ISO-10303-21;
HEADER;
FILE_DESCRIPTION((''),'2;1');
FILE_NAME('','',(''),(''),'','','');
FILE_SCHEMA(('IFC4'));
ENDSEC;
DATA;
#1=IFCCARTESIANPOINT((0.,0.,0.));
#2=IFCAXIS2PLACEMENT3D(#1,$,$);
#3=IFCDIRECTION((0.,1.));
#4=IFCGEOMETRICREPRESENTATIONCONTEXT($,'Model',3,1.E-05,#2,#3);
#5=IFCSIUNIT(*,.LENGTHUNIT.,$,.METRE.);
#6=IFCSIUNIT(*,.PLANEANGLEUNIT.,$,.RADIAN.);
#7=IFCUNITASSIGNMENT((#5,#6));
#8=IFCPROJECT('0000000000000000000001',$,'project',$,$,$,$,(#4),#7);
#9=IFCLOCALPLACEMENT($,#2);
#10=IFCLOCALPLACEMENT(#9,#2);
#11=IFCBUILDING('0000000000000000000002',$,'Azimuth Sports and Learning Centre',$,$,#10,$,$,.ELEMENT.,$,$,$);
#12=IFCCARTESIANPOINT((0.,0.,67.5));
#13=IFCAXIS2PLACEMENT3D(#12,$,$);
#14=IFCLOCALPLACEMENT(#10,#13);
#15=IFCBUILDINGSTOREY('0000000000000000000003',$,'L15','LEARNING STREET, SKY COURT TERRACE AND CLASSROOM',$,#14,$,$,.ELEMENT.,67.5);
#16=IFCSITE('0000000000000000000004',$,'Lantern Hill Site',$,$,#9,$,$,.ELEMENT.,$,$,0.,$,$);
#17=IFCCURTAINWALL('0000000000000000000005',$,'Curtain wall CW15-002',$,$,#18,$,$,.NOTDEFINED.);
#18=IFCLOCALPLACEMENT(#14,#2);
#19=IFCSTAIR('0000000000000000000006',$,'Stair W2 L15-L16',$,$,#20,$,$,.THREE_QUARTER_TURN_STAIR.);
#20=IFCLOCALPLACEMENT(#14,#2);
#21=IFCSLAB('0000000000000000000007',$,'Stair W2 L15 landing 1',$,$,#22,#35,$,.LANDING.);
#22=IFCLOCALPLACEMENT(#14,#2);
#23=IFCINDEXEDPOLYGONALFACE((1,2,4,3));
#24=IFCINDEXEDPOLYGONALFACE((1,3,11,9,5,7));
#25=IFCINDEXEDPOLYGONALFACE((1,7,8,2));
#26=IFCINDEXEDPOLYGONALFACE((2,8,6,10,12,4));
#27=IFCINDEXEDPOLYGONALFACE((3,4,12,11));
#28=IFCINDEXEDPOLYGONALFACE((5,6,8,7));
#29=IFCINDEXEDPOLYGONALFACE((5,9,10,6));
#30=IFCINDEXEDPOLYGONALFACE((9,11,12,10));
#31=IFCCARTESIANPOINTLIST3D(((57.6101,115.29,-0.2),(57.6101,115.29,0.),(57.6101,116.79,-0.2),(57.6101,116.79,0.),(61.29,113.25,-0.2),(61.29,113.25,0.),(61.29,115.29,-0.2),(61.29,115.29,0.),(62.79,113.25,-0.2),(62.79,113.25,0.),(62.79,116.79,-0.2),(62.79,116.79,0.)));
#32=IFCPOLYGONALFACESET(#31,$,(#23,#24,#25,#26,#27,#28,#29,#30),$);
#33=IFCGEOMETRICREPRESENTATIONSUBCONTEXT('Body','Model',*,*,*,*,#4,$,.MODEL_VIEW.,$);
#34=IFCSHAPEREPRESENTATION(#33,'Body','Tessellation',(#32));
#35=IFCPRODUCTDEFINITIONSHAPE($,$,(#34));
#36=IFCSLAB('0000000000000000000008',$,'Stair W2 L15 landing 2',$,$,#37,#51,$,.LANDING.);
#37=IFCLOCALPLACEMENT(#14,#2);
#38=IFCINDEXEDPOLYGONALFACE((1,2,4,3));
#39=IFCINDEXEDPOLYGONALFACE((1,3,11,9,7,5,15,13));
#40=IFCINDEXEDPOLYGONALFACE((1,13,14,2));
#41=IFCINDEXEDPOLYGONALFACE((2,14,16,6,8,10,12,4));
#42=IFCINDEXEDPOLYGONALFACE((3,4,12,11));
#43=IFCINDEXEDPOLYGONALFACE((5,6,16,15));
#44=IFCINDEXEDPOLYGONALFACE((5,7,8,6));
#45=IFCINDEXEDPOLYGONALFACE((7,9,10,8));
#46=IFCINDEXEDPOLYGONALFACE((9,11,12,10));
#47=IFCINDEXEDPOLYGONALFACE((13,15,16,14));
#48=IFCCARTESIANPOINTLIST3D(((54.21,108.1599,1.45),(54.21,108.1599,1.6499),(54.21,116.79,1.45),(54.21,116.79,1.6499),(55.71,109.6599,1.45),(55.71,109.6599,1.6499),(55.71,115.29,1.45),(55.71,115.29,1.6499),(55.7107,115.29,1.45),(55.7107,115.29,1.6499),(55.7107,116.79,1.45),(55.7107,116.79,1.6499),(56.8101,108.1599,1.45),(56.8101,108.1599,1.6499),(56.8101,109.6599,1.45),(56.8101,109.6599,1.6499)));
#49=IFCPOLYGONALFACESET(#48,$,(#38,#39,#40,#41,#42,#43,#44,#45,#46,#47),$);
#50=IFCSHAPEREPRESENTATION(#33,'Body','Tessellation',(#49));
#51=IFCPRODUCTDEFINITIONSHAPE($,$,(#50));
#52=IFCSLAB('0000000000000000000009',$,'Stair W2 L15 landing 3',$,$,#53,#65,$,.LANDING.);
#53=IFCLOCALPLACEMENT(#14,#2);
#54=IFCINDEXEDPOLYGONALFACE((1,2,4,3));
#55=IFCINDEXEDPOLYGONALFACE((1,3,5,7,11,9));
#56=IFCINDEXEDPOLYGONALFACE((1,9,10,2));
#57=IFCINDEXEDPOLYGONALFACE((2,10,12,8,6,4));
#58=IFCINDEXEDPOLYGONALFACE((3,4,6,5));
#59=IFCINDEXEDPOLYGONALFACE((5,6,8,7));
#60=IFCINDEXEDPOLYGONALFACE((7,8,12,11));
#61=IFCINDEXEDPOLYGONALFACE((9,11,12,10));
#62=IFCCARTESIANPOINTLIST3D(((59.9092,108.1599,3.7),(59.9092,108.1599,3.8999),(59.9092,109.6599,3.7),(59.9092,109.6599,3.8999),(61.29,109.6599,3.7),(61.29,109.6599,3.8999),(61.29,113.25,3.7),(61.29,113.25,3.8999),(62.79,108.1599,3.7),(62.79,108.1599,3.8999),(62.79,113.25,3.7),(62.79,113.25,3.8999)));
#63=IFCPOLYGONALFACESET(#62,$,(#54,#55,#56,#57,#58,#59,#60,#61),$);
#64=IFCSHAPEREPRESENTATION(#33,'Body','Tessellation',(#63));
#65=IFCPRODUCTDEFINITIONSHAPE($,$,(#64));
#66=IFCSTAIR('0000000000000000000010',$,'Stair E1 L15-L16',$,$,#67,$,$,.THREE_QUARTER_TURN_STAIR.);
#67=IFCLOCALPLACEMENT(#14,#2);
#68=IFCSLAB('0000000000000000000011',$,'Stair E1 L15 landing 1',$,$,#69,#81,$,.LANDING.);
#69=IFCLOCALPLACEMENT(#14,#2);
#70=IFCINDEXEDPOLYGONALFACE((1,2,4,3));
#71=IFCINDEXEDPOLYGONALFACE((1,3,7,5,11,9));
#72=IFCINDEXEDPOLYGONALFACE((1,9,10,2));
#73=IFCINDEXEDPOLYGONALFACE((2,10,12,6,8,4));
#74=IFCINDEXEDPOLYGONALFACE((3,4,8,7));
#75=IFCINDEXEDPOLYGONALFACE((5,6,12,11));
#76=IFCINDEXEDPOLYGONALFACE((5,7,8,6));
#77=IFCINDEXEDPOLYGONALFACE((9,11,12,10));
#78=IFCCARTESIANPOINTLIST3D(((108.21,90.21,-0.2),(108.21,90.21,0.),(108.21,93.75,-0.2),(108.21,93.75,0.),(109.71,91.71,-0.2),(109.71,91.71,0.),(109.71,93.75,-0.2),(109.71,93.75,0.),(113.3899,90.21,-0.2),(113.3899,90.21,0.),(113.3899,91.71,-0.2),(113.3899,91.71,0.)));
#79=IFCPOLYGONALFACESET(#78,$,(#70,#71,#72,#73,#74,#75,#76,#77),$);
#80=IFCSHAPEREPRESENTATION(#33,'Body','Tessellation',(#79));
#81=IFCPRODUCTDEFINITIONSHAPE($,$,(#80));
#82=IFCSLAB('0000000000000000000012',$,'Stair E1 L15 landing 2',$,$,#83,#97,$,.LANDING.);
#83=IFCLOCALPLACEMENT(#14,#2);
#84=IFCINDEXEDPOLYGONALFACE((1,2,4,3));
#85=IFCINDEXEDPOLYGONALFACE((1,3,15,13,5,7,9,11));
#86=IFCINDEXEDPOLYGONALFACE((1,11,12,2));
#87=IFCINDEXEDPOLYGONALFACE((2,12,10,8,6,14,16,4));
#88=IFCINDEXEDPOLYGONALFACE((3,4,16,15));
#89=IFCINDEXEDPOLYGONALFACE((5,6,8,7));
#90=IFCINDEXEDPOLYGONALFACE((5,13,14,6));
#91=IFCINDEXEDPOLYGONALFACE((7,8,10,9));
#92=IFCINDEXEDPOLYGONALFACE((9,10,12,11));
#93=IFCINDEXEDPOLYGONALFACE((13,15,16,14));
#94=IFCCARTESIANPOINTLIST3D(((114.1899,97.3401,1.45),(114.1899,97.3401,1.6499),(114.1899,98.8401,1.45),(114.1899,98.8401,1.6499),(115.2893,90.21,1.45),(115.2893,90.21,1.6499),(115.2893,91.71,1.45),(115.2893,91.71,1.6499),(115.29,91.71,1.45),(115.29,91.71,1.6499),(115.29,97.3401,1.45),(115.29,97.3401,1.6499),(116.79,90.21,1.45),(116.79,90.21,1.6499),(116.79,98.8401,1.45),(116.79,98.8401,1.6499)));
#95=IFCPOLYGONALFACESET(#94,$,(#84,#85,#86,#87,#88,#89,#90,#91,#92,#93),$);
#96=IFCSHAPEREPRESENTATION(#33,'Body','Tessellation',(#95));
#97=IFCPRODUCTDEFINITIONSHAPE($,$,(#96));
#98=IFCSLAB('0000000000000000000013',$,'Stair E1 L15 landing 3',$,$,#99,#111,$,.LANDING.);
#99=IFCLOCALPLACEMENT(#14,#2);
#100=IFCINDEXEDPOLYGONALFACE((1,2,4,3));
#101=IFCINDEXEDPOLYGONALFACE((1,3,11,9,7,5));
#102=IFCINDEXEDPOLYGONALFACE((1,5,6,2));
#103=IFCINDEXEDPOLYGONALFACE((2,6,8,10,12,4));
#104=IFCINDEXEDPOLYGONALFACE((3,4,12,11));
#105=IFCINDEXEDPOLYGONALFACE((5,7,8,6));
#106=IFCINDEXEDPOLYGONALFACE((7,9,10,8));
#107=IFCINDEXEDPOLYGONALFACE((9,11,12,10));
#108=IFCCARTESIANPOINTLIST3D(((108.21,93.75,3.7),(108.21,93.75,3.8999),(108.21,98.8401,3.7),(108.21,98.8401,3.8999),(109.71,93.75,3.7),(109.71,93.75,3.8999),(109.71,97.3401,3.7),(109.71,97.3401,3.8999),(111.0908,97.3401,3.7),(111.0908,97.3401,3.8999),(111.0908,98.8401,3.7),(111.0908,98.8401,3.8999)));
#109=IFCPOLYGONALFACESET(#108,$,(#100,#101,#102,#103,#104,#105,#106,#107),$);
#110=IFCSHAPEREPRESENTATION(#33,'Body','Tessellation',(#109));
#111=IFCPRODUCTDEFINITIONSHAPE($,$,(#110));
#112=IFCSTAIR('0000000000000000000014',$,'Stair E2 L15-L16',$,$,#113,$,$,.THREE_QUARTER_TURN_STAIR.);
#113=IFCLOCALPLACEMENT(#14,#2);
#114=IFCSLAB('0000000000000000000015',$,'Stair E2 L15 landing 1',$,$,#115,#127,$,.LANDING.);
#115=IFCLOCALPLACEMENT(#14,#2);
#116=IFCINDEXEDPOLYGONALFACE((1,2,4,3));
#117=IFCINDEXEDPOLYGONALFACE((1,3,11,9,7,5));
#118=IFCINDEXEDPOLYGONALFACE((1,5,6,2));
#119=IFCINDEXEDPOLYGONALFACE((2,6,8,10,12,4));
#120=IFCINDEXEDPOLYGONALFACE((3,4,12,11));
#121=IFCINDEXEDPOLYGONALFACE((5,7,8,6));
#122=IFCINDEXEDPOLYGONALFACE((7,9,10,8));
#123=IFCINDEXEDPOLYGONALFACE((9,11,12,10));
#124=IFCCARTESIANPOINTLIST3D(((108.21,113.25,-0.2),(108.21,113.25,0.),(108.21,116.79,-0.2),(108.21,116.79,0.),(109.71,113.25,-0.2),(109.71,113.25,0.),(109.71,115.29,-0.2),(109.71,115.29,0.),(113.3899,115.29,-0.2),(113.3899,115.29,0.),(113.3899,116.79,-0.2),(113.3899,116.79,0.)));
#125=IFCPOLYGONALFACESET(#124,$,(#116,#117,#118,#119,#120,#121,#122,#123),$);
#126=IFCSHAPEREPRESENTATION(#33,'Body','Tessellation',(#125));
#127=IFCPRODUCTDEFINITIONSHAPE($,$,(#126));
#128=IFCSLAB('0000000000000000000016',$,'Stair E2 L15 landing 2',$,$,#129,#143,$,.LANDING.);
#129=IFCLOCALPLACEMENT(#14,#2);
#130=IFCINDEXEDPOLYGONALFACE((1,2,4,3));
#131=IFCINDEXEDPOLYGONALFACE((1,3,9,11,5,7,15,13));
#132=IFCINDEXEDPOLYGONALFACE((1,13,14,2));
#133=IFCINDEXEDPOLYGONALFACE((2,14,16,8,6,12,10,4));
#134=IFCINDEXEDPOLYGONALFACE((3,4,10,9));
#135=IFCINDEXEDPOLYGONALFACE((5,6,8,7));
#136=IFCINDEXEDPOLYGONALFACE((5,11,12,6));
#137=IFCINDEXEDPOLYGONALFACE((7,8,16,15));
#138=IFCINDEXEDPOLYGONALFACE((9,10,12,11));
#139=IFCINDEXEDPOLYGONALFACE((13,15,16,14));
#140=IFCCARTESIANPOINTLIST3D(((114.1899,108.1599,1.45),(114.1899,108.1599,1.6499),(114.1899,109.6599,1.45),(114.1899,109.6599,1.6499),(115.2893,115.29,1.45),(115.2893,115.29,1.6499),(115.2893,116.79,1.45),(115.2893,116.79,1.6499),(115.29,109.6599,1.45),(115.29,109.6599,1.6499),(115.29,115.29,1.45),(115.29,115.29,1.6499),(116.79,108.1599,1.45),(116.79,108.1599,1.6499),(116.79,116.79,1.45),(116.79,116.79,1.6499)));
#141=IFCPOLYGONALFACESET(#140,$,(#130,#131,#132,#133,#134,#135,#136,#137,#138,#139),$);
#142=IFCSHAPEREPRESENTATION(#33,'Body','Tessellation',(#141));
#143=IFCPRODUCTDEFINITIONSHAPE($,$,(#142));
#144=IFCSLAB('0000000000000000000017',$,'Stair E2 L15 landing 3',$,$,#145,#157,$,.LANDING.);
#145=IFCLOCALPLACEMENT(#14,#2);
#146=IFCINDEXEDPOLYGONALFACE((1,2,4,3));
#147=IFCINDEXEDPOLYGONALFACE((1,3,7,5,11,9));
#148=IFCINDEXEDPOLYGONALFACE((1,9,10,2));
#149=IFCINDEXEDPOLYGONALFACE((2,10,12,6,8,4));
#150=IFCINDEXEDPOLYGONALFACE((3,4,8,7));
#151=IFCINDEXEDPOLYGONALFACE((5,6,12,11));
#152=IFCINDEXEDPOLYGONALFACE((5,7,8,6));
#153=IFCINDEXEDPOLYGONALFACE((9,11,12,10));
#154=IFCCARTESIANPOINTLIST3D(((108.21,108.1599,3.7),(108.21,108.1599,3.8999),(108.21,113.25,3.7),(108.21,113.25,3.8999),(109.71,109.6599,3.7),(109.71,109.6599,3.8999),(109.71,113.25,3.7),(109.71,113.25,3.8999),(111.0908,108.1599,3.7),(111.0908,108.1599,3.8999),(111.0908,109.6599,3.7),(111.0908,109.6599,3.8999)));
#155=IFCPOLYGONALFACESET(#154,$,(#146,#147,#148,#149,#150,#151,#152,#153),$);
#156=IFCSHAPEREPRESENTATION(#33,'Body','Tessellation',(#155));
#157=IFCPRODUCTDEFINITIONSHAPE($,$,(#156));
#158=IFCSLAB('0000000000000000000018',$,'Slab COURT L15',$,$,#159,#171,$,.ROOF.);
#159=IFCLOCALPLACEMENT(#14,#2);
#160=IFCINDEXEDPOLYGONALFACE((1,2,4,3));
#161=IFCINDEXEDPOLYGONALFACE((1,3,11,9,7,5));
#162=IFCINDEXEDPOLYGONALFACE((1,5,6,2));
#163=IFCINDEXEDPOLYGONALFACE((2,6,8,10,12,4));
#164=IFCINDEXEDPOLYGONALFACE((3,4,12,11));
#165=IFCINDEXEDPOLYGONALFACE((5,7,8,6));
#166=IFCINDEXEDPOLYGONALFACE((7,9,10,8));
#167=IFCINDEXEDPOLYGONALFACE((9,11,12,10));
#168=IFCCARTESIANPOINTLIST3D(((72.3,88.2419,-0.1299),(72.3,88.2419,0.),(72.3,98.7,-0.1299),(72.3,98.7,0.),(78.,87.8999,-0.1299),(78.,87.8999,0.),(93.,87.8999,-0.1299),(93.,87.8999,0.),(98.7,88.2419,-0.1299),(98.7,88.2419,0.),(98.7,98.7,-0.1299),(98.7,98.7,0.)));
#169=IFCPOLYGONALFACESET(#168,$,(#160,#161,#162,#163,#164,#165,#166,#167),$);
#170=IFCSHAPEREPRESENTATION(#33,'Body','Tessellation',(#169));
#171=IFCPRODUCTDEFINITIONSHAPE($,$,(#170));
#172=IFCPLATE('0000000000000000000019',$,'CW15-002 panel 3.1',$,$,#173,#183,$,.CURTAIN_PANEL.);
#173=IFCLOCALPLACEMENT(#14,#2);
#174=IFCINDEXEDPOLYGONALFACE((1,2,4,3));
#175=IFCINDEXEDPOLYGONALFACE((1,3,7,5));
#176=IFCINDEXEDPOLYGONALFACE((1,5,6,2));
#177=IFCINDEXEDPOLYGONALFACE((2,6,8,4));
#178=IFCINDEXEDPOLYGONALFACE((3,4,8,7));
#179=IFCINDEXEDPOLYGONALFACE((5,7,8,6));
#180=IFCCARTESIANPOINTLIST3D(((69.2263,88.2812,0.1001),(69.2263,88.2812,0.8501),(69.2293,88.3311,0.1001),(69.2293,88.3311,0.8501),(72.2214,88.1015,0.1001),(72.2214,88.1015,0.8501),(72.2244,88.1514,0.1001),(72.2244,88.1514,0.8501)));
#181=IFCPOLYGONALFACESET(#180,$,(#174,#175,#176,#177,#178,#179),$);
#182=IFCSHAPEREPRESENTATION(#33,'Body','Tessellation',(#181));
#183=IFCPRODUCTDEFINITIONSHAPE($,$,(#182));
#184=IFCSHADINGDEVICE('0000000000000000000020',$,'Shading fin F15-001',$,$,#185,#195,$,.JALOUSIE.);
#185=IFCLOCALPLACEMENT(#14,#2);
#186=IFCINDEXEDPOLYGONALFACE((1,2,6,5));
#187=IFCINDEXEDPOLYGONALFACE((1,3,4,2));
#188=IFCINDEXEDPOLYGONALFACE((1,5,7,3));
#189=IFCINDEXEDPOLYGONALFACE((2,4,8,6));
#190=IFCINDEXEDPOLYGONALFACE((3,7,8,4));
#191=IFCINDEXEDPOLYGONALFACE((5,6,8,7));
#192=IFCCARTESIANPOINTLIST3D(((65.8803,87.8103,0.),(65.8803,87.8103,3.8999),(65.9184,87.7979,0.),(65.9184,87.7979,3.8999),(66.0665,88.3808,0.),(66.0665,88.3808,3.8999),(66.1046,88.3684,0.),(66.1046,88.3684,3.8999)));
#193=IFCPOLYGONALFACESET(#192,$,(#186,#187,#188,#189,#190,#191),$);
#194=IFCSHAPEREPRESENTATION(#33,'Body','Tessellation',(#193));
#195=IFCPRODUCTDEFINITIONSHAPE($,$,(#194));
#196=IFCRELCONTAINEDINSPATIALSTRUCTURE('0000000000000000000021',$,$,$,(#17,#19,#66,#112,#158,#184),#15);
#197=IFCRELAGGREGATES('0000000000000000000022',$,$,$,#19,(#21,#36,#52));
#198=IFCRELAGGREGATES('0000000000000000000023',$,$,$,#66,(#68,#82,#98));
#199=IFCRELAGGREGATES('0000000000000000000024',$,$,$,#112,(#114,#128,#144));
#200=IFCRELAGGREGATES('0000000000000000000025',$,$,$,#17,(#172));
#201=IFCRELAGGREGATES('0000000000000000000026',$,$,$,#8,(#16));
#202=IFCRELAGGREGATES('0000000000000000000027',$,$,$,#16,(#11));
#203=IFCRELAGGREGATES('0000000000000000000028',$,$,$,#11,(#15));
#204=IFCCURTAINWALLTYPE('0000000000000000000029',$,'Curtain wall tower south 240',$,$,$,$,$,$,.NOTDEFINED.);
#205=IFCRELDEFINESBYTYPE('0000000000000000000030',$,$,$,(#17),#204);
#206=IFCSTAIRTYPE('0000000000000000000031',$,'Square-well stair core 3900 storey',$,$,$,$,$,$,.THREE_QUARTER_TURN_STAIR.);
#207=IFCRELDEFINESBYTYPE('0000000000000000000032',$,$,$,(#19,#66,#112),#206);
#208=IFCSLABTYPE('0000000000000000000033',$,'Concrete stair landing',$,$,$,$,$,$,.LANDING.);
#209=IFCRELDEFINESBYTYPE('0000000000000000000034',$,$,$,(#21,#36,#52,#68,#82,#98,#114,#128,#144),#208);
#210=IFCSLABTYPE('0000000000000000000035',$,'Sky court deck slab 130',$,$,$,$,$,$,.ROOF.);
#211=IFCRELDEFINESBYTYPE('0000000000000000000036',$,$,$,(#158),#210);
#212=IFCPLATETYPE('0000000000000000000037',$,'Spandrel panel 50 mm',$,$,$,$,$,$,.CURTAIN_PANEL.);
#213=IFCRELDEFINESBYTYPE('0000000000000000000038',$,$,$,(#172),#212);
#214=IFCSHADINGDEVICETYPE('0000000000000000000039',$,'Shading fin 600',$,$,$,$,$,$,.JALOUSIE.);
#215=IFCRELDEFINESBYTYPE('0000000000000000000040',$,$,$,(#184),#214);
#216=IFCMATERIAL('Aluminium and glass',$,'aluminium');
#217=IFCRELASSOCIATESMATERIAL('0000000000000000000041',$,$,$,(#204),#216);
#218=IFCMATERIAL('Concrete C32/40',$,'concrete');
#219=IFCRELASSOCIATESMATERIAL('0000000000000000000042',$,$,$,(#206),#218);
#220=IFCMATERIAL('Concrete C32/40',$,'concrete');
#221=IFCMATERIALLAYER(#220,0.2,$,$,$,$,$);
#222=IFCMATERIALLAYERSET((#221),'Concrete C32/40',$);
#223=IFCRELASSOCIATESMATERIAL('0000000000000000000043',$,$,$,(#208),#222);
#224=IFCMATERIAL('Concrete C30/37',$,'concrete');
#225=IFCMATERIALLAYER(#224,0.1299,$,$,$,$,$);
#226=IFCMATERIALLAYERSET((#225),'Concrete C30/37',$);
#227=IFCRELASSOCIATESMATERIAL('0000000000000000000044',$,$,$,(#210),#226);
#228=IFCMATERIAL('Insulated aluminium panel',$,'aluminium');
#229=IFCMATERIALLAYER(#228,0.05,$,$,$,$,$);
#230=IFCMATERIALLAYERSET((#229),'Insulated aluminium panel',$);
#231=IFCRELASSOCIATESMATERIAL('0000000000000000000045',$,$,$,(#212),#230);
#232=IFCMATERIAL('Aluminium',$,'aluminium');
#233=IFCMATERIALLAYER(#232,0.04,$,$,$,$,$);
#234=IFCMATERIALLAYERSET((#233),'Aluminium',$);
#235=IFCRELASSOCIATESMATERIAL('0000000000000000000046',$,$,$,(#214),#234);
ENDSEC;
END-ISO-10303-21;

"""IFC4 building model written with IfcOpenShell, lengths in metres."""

from ifc_helpers import new_model, si_unit, direction, frame, origin, origin_2d, place, context, subcontext, project, spatial, polyline, rectangle, outline, extrude, material, layer, layer_set, type_object, element, aggregate, save


model = new_model("IFC4")

# Units and contexts
model_context = context("Model", 3, precision=1e-05, world=origin(), true_north=direction((0.0, 1.0)))
body_context = subcontext(model_context, "Body", "Model", "MODEL_VIEW")
ifc_project = project(units=[si_unit("LENGTHUNIT", "METRE"), si_unit("PLANEANGLEUNIT", "RADIAN")], contexts=[model_context])

# Site, building, storey
site_placement = place(None, origin())
site = spatial("IfcSite", under=ifc_project, at=site_placement, Name="Lantern Hill Site", CompositionType="ELEMENT", RefElevation=0.0)
building_placement = place(site_placement, origin())
building = spatial("IfcBuilding", under=site, at=building_placement, Name="Azimuth Sports and Learning Centre", CompositionType="ELEMENT")
storey_placement = place(building_placement, frame((0.0, 0.0, 67.5)))
storey = spatial("IfcBuildingStorey", under=building, at=storey_placement, Name="L15", Description="LEARNING STREET, SKY COURT TERRACE AND CLASSROOM", CompositionType="ELEMENT", Elevation=67.5)

# Curtain wall
ifc_material_1 = material(Name="Aluminium and glass", Category="aluminium")
curtain_wall_type = type_object("IfcCurtainWallType", Name="Curtain wall tower south 240", PredefinedType="NOTDEFINED", material=ifc_material_1)
curtain_wall_placement = place(storey_placement, origin())
curtain_wall = element("IfcCurtainWall", 1, at=curtain_wall_placement, inside=storey, type_object=curtain_wall_type, Name="Curtain wall CW15-002", PredefinedType="NOTDEFINED")

# Stairs, slabs
ifc_material_2 = material(Name="Concrete C32/40", Category="concrete")
stair_type = type_object("IfcStairType", Name="Square-well stair core 3900 storey", PredefinedType="THREE_QUARTER_TURN_STAIR", material=ifc_material_2)
ifc_material_3 = material(Name="Concrete C32/40", Category="concrete")
ifc_layer_1 = layer(ifc_material_3, 0.2)
ifc_layer_set_1 = layer_set([ifc_layer_1], Name="Concrete C32/40")
slab_type_1 = type_object("IfcSlabType", Name="Concrete stair landing", PredefinedType="LANDING", material=ifc_layer_set_1)
stair_1_placement = place(storey_placement, origin())
stair_1 = element("IfcStair", 2, at=stair_1_placement, inside=storey, type_object=stair_type, Name="Stair W2 L15-L16", PredefinedType="THREE_QUARTER_TURN_STAIR")
slab_1_placement = place(storey_placement, frame((0.0, 0.0, -0.2)))
slab_1 = element("IfcSlab", 3, at=slab_1_placement, type_object=slab_type_1, Name="Stair W2 L15 landing 1", PredefinedType="LANDING", context=body_context, shape_type="SweptSolid", body=[
    extrude(outline(polyline([(57.6101, 115.29), (61.29, 115.29), (61.29, 113.25), (62.79, 113.25), (62.79, 116.79), (57.6101, 116.79), (57.6101, 115.29)])), origin(), (0.0, 0.0, 1.0), 0.2),
])
slab_2_placement = place(storey_placement, frame((0.0, 0.0, 1.45)))
slab_2 = element("IfcSlab", 4, at=slab_2_placement, type_object=slab_type_1, Name="Stair W2 L15 landing 2", PredefinedType="LANDING", context=body_context, shape_type="SweptSolid", body=[
    extrude(outline(polyline([(55.71, 115.29), (55.7107, 115.29), (55.7107, 116.79), (54.21, 116.79), (54.21, 108.1599), (56.8101, 108.1599), (56.8101, 109.6599), (55.71, 109.6599), (55.71, 115.29)])), origin(), (0.0, 0.0, 1.0), 0.2),
])
slab_3_placement = place(storey_placement, frame((0.0, 0.0, 3.7)))
slab_3 = element("IfcSlab", 5, at=slab_3_placement, type_object=slab_type_1, Name="Stair W2 L15 landing 3", PredefinedType="LANDING", context=body_context, shape_type="SweptSolid", body=[
    extrude(outline(polyline([(61.29, 109.6599), (59.9092, 109.6599), (59.9092, 108.1599), (62.79, 108.1599), (62.79, 113.25), (61.29, 113.25), (61.29, 109.6599)])), origin(), (0.0, 0.0, 1.0), 0.2),
])
aggregate(stair_1, [slab_1, slab_2, slab_3])
stair_2_placement = place(storey_placement, origin())
stair_2 = element("IfcStair", 6, at=stair_2_placement, inside=storey, type_object=stair_type, Name="Stair E1 L15-L16", PredefinedType="THREE_QUARTER_TURN_STAIR")
slab_4_placement = place(storey_placement, frame((0.0, 0.0, -0.2)))
slab_4 = element("IfcSlab", 7, at=slab_4_placement, type_object=slab_type_1, Name="Stair E1 L15 landing 1", PredefinedType="LANDING", context=body_context, shape_type="SweptSolid", body=[
    extrude(outline(polyline([(113.3899, 91.71), (109.71, 91.71), (109.71, 93.75), (108.21, 93.75), (108.21, 90.21), (113.3899, 90.21), (113.3899, 91.71)])), origin(), (0.0, 0.0, 1.0), 0.2),
])
slab_5_placement = place(storey_placement, frame((0.0, 0.0, 1.45)))
slab_5 = element("IfcSlab", 8, at=slab_5_placement, type_object=slab_type_1, Name="Stair E1 L15 landing 2", PredefinedType="LANDING", context=body_context, shape_type="SweptSolid", body=[
    extrude(outline(polyline([(115.29, 91.71), (115.2893, 91.71), (115.2893, 90.21), (116.79, 90.21), (116.79, 98.8401), (114.1899, 98.8401), (114.1899, 97.3401), (115.29, 97.3401), (115.29, 91.71)])), origin(), (0.0, 0.0, 1.0), 0.2),
])
slab_6_placement = place(storey_placement, frame((0.0, 0.0, 3.7)))
slab_6 = element("IfcSlab", 9, at=slab_6_placement, type_object=slab_type_1, Name="Stair E1 L15 landing 3", PredefinedType="LANDING", context=body_context, shape_type="SweptSolid", body=[
    extrude(outline(polyline([(109.71, 97.3401), (111.0908, 97.3401), (111.0908, 98.8401), (108.21, 98.8401), (108.21, 93.75), (109.71, 93.75), (109.71, 97.3401)])), origin(), (0.0, 0.0, 1.0), 0.2),
])
aggregate(stair_2, [slab_4, slab_5, slab_6])
stair_3_placement = place(storey_placement, origin())
stair_3 = element("IfcStair", 10, at=stair_3_placement, inside=storey, type_object=stair_type, Name="Stair E2 L15-L16", PredefinedType="THREE_QUARTER_TURN_STAIR")
slab_7_placement = place(storey_placement, frame((0.0, 0.0, -0.2)))
slab_7 = element("IfcSlab", 11, at=slab_7_placement, type_object=slab_type_1, Name="Stair E2 L15 landing 1", PredefinedType="LANDING", context=body_context, shape_type="SweptSolid", body=[
    extrude(outline(polyline([(108.21, 116.79), (108.21, 113.25), (109.71, 113.25), (109.71, 115.29), (113.3899, 115.29), (113.3899, 116.79), (108.21, 116.79)])), origin(), (0.0, 0.0, 1.0), 0.2),
])
slab_8_placement = place(storey_placement, frame((0.0, 0.0, 1.45)))
slab_8 = element("IfcSlab", 12, at=slab_8_placement, type_object=slab_type_1, Name="Stair E2 L15 landing 2", PredefinedType="LANDING", context=body_context, shape_type="SweptSolid", body=[
    extrude(outline(polyline([(115.29, 115.29), (115.29, 109.6599), (114.1899, 109.6599), (114.1899, 108.1599), (116.79, 108.1599), (116.79, 116.79), (115.2893, 116.79), (115.2893, 115.29), (115.29, 115.29)])), origin(), (0.0, 0.0, 1.0), 0.2),
])
slab_9_placement = place(storey_placement, frame((0.0, 0.0, 3.7)))
slab_9 = element("IfcSlab", 13, at=slab_9_placement, type_object=slab_type_1, Name="Stair E2 L15 landing 3", PredefinedType="LANDING", context=body_context, shape_type="SweptSolid", body=[
    extrude(outline(polyline([(109.71, 109.6599), (109.71, 113.25), (108.21, 113.25), (108.21, 108.1599), (111.0908, 108.1599), (111.0908, 109.6599), (109.71, 109.6599)])), origin(), (0.0, 0.0, 1.0), 0.2),
])
aggregate(stair_3, [slab_7, slab_8, slab_9])

# Slab
ifc_material_4 = material(Name="Concrete C30/37", Category="concrete")
ifc_layer_2 = layer(ifc_material_4, 0.1299)
ifc_layer_set_2 = layer_set([ifc_layer_2], Name="Concrete C30/37")
slab_type_2 = type_object("IfcSlabType", Name="Sky court deck slab 130", PredefinedType="ROOF", material=ifc_layer_set_2)
slab_10_placement = place(storey_placement, frame((0.0, 0.0, -0.1299)))
element("IfcSlab", 14, at=slab_10_placement, inside=storey, type_object=slab_type_2, Name="Slab COURT L15", PredefinedType="ROOF", context=body_context, shape_type="SweptSolid", body=[
    extrude(outline(polyline([(78.0, 87.8999), (93.0, 87.8999), (98.7, 88.2419), (98.7, 98.7), (72.3, 98.7), (72.3, 88.2419), (78.0, 87.8999)])), origin(), (0.0, 0.0, 1.0), 0.1299),
])

# Plate
ifc_material_5 = material(Name="Insulated aluminium panel", Category="aluminium")
ifc_layer_3 = layer(ifc_material_5, 0.05)
ifc_layer_set_3 = layer_set([ifc_layer_3], Name="Insulated aluminium panel")
plate_type = type_object("IfcPlateType", Name="Spandrel panel 50 mm", PredefinedType="CURTAIN_PANEL", material=ifc_layer_set_3)
plate_placement = place(storey_placement, frame((70.7253, 88.2163, 0.1001), z_axis=(0.0, 0.0, 1.0), x_axis=(0.998205, -0.059892, 0.0)))
plate = element("IfcPlate", 15, at=plate_placement, type_object=plate_type, Name="CW15-002 panel 3.1", PredefinedType="CURTAIN_PANEL", context=body_context, shape_type="SweptSolid", body=[
    extrude(rectangle(XDim=3.0005, YDim=0.05, at=origin_2d()), origin(), (0.0, 0.0, 1.0), 0.75),
])
aggregate(curtain_wall, [plate])

# Shading device
ifc_material_6 = material(Name="Aluminium", Category="aluminium")
ifc_layer_4 = layer(ifc_material_6, 0.04)
ifc_layer_set_4 = layer_set([ifc_layer_4], Name="Aluminium")
shading_device_type_1 = type_object("IfcShadingDeviceType", Name="Shading fin 600", PredefinedType="JALOUSIE", material=ifc_layer_set_4)
for number, where, z_axis, x_axis, name in (
    (16, (65.9924, 88.0894, 0.0), (0.0, 0.0, 1.0), (-0.31028, -0.950645, 0.0), "Shading fin F15-001"),
):
    element("IfcShadingDevice", number, at=place(storey_placement, frame(where, z_axis=z_axis, x_axis=x_axis)), inside=storey, type_object=shading_device_type_1, Name=name, PredefinedType="JALOUSIE", context=body_context, shape_type="SweptSolid", body=[
        extrude(rectangle(XDim=0.6001, YDim=0.04, at=origin_2d()), origin(), (0.0, 0.0, 1.0), 3.8999),
    ])

save(model, "model.ifc")
